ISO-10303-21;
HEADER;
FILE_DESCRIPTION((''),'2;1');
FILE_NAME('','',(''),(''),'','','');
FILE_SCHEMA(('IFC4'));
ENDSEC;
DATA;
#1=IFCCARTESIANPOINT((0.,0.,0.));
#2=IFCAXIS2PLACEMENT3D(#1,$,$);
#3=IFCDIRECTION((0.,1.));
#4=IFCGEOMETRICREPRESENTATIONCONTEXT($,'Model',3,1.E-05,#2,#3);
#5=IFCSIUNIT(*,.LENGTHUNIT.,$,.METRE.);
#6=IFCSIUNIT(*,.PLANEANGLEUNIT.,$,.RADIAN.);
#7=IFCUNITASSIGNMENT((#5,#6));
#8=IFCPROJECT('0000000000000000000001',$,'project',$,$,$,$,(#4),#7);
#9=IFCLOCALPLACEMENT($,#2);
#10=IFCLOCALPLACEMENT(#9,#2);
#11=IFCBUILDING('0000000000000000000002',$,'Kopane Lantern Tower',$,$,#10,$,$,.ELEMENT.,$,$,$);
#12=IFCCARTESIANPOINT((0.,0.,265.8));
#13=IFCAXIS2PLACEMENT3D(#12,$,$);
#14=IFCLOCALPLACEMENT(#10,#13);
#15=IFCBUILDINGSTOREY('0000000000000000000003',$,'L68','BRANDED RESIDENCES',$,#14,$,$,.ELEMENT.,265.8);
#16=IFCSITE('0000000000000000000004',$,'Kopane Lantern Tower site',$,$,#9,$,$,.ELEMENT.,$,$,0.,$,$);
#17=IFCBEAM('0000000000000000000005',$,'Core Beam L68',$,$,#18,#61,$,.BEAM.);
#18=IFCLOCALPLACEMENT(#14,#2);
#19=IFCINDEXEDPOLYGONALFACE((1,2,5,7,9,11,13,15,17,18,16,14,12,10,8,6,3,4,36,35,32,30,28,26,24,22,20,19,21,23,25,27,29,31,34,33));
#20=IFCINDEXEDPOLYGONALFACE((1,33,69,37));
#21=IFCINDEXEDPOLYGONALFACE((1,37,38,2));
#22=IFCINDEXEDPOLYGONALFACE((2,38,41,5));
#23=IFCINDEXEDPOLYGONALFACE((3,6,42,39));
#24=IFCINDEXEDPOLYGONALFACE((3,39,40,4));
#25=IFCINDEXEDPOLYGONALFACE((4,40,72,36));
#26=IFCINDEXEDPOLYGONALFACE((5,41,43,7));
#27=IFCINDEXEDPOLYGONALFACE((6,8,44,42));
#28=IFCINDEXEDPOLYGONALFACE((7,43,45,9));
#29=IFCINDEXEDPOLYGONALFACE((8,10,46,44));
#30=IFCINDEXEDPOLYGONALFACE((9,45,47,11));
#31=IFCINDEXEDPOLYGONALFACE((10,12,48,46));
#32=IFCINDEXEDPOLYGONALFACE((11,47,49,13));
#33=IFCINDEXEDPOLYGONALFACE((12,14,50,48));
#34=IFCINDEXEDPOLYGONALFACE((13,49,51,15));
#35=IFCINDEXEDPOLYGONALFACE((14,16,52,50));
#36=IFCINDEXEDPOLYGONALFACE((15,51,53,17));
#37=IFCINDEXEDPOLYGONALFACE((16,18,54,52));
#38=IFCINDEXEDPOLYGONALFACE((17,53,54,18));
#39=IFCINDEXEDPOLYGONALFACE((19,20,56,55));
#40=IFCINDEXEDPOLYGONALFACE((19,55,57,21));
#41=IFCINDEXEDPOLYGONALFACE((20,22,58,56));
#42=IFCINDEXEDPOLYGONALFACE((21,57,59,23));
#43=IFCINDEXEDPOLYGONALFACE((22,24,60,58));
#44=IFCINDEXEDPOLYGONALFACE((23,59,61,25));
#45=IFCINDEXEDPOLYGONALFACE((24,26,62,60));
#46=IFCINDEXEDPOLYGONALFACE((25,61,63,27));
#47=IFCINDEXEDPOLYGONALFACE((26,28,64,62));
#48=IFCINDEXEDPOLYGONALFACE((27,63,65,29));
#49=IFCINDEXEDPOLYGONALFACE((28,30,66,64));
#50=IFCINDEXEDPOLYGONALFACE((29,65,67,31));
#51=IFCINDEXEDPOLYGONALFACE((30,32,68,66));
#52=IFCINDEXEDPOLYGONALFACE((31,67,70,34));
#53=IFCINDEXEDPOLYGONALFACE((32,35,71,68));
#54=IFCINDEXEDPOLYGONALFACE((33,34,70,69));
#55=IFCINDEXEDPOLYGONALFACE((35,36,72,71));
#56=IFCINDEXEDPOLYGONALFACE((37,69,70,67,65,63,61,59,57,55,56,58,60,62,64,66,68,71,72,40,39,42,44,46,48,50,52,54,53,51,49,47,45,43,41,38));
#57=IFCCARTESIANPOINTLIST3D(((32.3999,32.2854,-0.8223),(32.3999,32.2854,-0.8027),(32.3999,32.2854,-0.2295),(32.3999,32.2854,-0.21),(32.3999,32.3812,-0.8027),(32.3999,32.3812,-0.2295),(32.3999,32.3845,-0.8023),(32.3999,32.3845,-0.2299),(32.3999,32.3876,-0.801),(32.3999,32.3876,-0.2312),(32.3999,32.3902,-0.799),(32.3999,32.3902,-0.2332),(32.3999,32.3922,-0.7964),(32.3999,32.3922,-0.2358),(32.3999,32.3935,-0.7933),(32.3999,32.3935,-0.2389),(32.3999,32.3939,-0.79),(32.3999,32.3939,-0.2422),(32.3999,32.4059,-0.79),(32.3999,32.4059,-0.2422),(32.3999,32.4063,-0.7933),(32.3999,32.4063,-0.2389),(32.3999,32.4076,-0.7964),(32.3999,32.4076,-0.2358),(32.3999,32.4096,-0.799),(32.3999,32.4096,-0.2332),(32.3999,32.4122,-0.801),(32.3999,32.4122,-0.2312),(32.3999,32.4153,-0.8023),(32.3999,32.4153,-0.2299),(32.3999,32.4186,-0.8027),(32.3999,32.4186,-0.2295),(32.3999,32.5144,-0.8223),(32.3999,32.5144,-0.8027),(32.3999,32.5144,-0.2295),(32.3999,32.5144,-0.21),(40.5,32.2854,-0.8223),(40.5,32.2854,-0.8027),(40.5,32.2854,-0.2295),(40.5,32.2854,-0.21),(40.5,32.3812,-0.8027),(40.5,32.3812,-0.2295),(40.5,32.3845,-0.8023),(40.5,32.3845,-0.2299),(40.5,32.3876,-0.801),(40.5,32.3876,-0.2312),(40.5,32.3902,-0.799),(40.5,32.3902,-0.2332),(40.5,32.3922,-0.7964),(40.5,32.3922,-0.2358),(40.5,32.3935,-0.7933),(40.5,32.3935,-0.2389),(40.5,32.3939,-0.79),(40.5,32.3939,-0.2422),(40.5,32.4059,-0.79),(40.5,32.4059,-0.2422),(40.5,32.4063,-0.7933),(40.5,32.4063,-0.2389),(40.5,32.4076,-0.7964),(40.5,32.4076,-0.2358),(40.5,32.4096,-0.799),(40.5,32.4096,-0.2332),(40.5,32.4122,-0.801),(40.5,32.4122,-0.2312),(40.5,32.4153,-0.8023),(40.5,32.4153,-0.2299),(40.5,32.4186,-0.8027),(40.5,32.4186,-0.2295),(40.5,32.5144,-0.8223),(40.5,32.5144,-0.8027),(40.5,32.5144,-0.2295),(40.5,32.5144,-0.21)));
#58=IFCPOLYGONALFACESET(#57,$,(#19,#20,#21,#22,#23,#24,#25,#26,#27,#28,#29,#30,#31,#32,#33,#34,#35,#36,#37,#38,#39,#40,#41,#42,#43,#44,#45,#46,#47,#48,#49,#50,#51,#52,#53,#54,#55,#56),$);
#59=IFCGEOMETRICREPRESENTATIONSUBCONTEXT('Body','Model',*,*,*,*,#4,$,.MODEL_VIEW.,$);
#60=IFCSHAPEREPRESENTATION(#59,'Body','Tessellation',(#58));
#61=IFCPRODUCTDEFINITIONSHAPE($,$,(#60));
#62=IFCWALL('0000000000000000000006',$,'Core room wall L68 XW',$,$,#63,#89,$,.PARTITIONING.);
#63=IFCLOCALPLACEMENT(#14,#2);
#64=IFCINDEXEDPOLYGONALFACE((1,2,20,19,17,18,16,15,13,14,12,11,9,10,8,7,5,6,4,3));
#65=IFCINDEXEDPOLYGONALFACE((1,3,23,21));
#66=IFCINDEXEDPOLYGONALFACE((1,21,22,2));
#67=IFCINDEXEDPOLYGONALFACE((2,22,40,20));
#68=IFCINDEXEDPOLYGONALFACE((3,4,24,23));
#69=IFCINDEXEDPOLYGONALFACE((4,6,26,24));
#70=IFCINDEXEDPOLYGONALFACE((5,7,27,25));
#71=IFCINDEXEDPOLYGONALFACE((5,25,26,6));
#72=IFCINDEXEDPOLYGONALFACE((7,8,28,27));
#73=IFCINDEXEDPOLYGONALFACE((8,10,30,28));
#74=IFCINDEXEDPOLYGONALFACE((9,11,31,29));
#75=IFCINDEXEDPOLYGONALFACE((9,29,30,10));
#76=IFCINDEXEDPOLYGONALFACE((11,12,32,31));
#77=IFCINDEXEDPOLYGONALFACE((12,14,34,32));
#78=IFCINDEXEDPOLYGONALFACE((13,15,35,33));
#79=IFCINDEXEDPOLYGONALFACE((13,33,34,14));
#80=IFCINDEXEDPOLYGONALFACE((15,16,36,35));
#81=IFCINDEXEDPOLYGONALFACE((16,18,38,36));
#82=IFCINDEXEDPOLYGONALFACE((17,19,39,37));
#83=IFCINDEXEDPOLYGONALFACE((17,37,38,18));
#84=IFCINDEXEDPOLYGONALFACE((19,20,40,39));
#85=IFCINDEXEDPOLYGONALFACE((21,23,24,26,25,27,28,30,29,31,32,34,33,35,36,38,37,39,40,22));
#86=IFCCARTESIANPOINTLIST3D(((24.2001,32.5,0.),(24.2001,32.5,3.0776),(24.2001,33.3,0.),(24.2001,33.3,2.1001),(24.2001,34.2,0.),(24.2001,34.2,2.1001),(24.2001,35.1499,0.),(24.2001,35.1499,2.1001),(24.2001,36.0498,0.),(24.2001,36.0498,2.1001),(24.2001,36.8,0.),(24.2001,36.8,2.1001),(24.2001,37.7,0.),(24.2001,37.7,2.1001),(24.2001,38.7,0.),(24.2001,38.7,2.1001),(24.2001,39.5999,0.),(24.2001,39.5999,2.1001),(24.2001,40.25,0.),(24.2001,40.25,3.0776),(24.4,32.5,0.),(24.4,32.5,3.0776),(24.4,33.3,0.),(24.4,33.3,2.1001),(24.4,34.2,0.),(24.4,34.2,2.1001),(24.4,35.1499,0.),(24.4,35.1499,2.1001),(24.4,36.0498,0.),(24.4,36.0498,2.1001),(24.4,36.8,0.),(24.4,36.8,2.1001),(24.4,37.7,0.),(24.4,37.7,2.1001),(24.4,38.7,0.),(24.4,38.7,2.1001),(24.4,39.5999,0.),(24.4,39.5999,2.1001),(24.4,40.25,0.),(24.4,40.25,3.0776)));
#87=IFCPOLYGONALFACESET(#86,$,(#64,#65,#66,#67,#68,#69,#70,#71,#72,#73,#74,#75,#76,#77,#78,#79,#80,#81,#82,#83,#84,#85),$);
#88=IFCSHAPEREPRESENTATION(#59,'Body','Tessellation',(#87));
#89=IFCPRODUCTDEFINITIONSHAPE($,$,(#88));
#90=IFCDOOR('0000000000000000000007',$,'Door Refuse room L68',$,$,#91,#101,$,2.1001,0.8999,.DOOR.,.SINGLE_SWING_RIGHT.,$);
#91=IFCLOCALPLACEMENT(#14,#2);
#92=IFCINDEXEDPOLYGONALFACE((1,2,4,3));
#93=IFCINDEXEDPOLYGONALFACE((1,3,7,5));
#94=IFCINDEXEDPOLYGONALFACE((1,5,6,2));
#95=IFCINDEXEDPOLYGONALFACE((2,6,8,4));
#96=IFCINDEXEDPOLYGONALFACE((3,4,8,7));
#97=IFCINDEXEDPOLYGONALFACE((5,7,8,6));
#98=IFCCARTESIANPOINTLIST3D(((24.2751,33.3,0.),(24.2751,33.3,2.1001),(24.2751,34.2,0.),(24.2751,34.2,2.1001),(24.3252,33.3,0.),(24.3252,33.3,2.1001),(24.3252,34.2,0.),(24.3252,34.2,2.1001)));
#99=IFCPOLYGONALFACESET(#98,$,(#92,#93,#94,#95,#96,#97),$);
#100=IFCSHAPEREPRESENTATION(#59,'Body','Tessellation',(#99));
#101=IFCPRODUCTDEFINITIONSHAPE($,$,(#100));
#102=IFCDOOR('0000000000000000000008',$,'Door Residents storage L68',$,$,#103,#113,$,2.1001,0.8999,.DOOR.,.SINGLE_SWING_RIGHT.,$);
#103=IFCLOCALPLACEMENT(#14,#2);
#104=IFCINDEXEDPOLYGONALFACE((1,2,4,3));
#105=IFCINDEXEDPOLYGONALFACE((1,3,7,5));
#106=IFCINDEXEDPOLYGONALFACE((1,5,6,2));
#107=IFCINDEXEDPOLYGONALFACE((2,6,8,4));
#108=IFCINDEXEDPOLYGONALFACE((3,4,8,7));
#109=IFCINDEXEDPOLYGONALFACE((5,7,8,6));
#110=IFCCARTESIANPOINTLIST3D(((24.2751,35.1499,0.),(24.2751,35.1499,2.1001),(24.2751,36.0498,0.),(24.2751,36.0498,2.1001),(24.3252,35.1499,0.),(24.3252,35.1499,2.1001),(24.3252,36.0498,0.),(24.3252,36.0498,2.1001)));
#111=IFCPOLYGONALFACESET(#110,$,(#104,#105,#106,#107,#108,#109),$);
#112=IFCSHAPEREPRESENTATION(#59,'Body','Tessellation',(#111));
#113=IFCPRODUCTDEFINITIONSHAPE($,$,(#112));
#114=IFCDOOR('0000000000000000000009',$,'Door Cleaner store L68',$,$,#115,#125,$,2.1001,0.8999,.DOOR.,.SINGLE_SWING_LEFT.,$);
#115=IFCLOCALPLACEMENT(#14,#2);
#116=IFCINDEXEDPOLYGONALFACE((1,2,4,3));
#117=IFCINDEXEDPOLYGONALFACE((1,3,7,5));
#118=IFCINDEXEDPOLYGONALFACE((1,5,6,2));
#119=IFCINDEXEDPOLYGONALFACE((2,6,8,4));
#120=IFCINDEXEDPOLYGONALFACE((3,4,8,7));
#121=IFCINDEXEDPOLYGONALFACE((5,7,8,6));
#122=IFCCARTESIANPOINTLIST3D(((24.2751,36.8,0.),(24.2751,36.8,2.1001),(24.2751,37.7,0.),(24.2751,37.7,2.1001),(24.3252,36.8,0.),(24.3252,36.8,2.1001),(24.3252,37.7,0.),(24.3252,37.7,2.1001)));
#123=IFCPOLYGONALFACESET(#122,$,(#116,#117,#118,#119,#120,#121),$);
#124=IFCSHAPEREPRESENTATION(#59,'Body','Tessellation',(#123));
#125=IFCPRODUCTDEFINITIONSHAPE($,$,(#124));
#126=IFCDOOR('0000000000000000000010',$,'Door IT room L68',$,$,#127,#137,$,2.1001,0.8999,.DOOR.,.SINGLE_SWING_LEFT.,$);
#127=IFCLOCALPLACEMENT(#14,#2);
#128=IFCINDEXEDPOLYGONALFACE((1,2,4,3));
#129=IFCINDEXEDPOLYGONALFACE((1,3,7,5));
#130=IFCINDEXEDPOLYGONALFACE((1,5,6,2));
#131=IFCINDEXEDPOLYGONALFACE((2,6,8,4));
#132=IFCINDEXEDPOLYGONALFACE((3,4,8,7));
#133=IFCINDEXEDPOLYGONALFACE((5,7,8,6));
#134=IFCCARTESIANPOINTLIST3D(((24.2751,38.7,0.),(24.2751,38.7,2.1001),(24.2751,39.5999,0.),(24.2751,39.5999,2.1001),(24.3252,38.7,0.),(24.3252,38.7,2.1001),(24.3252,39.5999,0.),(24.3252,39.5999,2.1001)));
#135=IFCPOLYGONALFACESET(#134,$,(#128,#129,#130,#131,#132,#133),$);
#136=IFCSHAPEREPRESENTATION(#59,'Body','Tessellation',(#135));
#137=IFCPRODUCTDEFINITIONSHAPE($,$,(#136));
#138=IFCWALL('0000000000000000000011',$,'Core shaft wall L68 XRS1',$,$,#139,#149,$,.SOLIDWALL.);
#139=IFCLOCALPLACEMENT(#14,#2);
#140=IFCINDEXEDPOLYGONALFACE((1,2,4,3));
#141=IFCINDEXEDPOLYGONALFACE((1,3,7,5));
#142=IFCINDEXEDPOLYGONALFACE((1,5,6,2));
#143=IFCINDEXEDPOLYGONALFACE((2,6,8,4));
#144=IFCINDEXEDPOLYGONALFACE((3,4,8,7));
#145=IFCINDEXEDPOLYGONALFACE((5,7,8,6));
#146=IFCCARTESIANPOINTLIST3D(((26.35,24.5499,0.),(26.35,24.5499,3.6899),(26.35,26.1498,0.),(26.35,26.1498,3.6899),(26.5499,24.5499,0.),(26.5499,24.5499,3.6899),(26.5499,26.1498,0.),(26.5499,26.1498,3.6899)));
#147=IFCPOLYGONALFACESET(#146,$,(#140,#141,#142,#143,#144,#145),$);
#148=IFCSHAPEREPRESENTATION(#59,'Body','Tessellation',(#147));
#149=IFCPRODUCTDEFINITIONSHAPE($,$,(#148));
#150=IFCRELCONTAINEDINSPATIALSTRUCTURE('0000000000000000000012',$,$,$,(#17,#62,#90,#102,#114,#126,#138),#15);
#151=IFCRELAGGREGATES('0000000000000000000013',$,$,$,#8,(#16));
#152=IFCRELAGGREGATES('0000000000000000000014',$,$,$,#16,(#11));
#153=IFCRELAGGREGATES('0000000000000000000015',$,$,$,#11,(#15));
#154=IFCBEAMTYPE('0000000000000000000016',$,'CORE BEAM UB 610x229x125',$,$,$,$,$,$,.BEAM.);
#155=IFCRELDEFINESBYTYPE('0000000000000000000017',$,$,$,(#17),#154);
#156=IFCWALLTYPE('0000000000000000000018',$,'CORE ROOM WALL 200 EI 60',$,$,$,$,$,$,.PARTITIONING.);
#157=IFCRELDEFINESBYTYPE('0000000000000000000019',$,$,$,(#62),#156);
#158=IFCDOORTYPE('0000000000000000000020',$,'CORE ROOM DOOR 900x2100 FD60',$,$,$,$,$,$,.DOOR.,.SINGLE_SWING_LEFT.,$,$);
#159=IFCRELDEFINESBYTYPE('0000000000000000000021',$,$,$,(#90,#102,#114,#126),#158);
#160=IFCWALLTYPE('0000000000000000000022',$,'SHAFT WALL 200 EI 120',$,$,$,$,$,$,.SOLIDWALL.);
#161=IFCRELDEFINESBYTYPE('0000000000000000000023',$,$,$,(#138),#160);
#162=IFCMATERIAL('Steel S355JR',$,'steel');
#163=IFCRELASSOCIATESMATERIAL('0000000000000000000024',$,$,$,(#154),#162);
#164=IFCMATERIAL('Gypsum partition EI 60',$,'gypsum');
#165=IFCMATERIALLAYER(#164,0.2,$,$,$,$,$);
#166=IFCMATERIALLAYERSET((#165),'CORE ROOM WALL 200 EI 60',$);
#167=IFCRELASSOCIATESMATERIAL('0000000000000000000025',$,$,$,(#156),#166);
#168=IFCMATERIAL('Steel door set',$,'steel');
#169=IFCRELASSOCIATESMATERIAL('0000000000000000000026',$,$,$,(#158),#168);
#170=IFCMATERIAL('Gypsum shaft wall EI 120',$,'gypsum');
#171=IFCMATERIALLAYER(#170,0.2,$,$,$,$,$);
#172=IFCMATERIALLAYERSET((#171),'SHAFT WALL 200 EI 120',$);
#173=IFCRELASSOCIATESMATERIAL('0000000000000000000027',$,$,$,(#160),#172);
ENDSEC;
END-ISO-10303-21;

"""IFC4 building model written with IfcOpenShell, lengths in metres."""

from ifc_helpers import new_model, si_unit, direction, frame, frame_2d, origin, origin_2d, place, context, subcontext, project, spatial, rectangle, i_section, extrude, material, layer, layer_set, material_profile, profile_set, type_object, element, fill, save


model = new_model("IFC4")

# Units and contexts
model_context = context("Model", 3, precision=1e-05, world=origin(), true_north=direction((0.0, 1.0)))
body_context = subcontext(model_context, "Body", "Model", "MODEL_VIEW")
ifc_project = project(units=[si_unit("LENGTHUNIT", "METRE"), si_unit("PLANEANGLEUNIT", "RADIAN")], contexts=[model_context])

# Site, building, storey
site_placement = place(None, origin())
site = spatial("IfcSite", under=ifc_project, at=site_placement, Name="Kopane Lantern Tower site", CompositionType="ELEMENT", RefElevation=0.0)
building_placement = place(site_placement, origin())
building = spatial("IfcBuilding", under=site, at=building_placement, Name="Kopane Lantern Tower", CompositionType="ELEMENT")
storey_placement = place(building_placement, frame((0.0, 0.0, 265.8)))
storey = spatial("IfcBuildingStorey", under=building, at=storey_placement, Name="L68", Description="BRANDED RESIDENCES", CompositionType="ELEMENT", Elevation=265.8)

# Beam
ifc_material_1 = material(Name="Steel S355JR", Category="steel")
ifc_material_profile_1 = material_profile(ifc_material_1, i_section(OverallWidth=0.229, OverallDepth=0.6123, WebThickness=0.012, FlangeThickness=0.0195, FilletRadius=0.0127, at=origin_2d()), Name="UB 610x229x125")
ifc_profile_set_1 = profile_set([ifc_material_profile_1], Name="Steel S355JR")
beam_type = type_object("IfcBeamType", Name="CORE BEAM UB 610x229x125", PredefinedType="BEAM", material=ifc_profile_set_1)
for number, where, z_axis, x_axis, name in (
    (1, (32.3999, 32.3999, -0.5161), (1.0, 0.0, 0.0), (0.0, 1.0, 0.0), "Core Beam L68"),
):
    element("IfcBeam", number, at=place(storey_placement, frame(where, z_axis=z_axis, x_axis=x_axis)), inside=storey, type_object=beam_type, Name=name, PredefinedType="BEAM", context=body_context, shape_type="SweptSolid", body=[
        extrude(i_section(OverallWidth=0.229, OverallDepth=0.6123, WebThickness=0.012, FlangeThickness=0.0195, FilletRadius=0.0127, at=origin_2d()), origin(), (0.0, 0.0, 1.0), 8.1001),
    ])

# Wall, openings, doors
ifc_material_2 = material(Name="Gypsum partition EI 60", Category="gypsum")
ifc_layer_1 = layer(ifc_material_2, 0.2)
ifc_layer_set_1 = layer_set([ifc_layer_1], Name="CORE ROOM WALL 200 EI 60")
wall_type_1 = type_object("IfcWallType", Name="CORE ROOM WALL 200 EI 60", PredefinedType="PARTITIONING", material=ifc_layer_set_1)
wall_1_placement = place(storey_placement, frame((24.3, 32.5, 0.0), z_axis=(0.0, 0.0, 1.0), x_axis=(0.0, 1.0, 0.0)))
wall_1 = element("IfcWall", 2, at=wall_1_placement, inside=storey, type_object=wall_type_1, Name="Core room wall L68 XW", PredefinedType="PARTITIONING", context=body_context, shape_type="SweptSolid", body=[
    extrude(rectangle(XDim=7.75, YDim=0.2, at=frame_2d((3.875, 0.0))), origin(), (0.0, 0.0, 1.0), 3.0776),
])
opening_1_placement = place(wall_1_placement, frame((0.8, 0.0, 0.0)))
opening_1 = element("IfcOpeningElement", 3, at=opening_1_placement, cuts=wall_1, PredefinedType="OPENING", context=body_context, shape_type="SweptSolid", body=[
    extrude(rectangle(XDim=0.8999, YDim=2.1001, at=frame_2d((0.45, 1.05))), frame((0.0, 0.1099, 0.0), z_axis=(0.0, -1.0, 0.0), x_axis=(1.0, 0.0, 0.0)), (0.0, 0.0, 1.0), 0.22),
])
opening_2_placement = place(wall_1_placement, frame((2.6499, 0.0, 0.0)))
opening_2 = element("IfcOpeningElement", 4, at=opening_2_placement, cuts=wall_1, PredefinedType="OPENING", context=body_context, shape_type="SweptSolid", body=[
    extrude(rectangle(XDim=0.8999, YDim=2.1001, at=frame_2d((0.45, 1.05))), frame((0.0, 0.1099, 0.0), z_axis=(0.0, -1.0, 0.0), x_axis=(1.0, 0.0, 0.0)), (0.0, 0.0, 1.0), 0.22),
])
opening_3_placement = place(wall_1_placement, frame((4.3, 0.0, 0.0)))
opening_3 = element("IfcOpeningElement", 5, at=opening_3_placement, cuts=wall_1, PredefinedType="OPENING", context=body_context, shape_type="SweptSolid", body=[
    extrude(rectangle(XDim=0.8999, YDim=2.1001, at=frame_2d((0.45, 1.05))), frame((0.0, 0.1099, 0.0), z_axis=(0.0, -1.0, 0.0), x_axis=(1.0, 0.0, 0.0)), (0.0, 0.0, 1.0), 0.22),
])
opening_4_placement = place(wall_1_placement, frame((6.2, 0.0, 0.0)))
opening_4 = element("IfcOpeningElement", 6, at=opening_4_placement, cuts=wall_1, PredefinedType="OPENING", context=body_context, shape_type="SweptSolid", body=[
    extrude(rectangle(XDim=0.8999, YDim=2.1001, at=frame_2d((0.45, 1.05))), frame((0.0, 0.1099, 0.0), z_axis=(0.0, -1.0, 0.0), x_axis=(1.0, 0.0, 0.0)), (0.0, 0.0, 1.0), 0.22),
])
ifc_material_3 = material(Name="Steel door set", Category="steel")
door_type_1 = type_object("IfcDoorType", Name="CORE ROOM DOOR 900x2100 FD60", OperationType="SINGLE_SWING_LEFT", PredefinedType="DOOR", material=ifc_material_3)
door_1_placement = place(opening_1_placement, origin())
door_1 = element("IfcDoor", 7, at=door_1_placement, inside=storey, type_object=door_type_1, Name="Door Refuse room L68", OperationType="SINGLE_SWING_RIGHT", OverallHeight=2.1001, OverallWidth=0.8999, PredefinedType="DOOR", context=body_context, shape_type="SweptSolid", body=[
    extrude(rectangle(XDim=0.8999, YDim=2.1001, at=frame_2d((0.45, 1.05))), frame((0.0, 0.0249, 0.0), z_axis=(0.0, -1.0, 0.0), x_axis=(1.0, 0.0, 0.0)), (0.0, 0.0, 1.0), 0.05),
])
fill(opening_1, door_1)
door_2_placement = place(opening_2_placement, origin())
door_2 = element("IfcDoor", 8, at=door_2_placement, inside=storey, type_object=door_type_1, Name="Door Residents storage L68", OperationType="SINGLE_SWING_RIGHT", OverallHeight=2.1001, OverallWidth=0.8999, PredefinedType="DOOR", context=body_context, shape_type="SweptSolid", body=[
    extrude(rectangle(XDim=0.8999, YDim=2.1001, at=frame_2d((0.45, 1.05))), frame((0.0, 0.0249, 0.0), z_axis=(0.0, -1.0, 0.0), x_axis=(1.0, 0.0, 0.0)), (0.0, 0.0, 1.0), 0.05),
])
fill(opening_2, door_2)
door_3_placement = place(opening_3_placement, origin())
door_3 = element("IfcDoor", 9, at=door_3_placement, inside=storey, type_object=door_type_1, Name="Door Cleaner store L68", OperationType="SINGLE_SWING_LEFT", OverallHeight=2.1001, OverallWidth=0.8999, PredefinedType="DOOR", context=body_context, shape_type="SweptSolid", body=[
    extrude(rectangle(XDim=0.8999, YDim=2.1001, at=frame_2d((0.45, 1.05))), frame((0.0, 0.0249, 0.0), z_axis=(0.0, -1.0, 0.0), x_axis=(1.0, 0.0, 0.0)), (0.0, 0.0, 1.0), 0.05),
])
fill(opening_3, door_3)
door_4_placement = place(opening_4_placement, origin())
door_4 = element("IfcDoor", 10, at=door_4_placement, inside=storey, type_object=door_type_1, Name="Door IT room L68", OperationType="SINGLE_SWING_LEFT", OverallHeight=2.1001, OverallWidth=0.8999, PredefinedType="DOOR", context=body_context, shape_type="SweptSolid", body=[
    extrude(rectangle(XDim=0.8999, YDim=2.1001, at=frame_2d((0.45, 1.05))), frame((0.0, 0.0249, 0.0), z_axis=(0.0, -1.0, 0.0), x_axis=(1.0, 0.0, 0.0)), (0.0, 0.0, 1.0), 0.05),
])
fill(opening_4, door_4)

# Wall
ifc_material_4 = material(Name="Gypsum shaft wall EI 120", Category="gypsum")
ifc_layer_2 = layer(ifc_material_4, 0.2)
ifc_layer_set_2 = layer_set([ifc_layer_2], Name="SHAFT WALL 200 EI 120")
wall_type_2 = type_object("IfcWallType", Name="SHAFT WALL 200 EI 120", PredefinedType="SOLIDWALL", material=ifc_layer_set_2)
wall_2_placement = place(storey_placement, frame((26.45, 24.55, 0.0), z_axis=(0.0, 0.0, 1.0), x_axis=(0.0, 1.0, 0.0)))
element("IfcWall", 11, at=wall_2_placement, inside=storey, type_object=wall_type_2, Name="Core shaft wall L68 XRS1", PredefinedType="SOLIDWALL", context=body_context, shape_type="SweptSolid", body=[
    extrude(rectangle(XDim=1.5999, YDim=0.2, at=frame_2d((0.7998, 0.0))), origin(), (0.0, 0.0, 1.0), 3.6899),
])

save(model, "model.ifc")
